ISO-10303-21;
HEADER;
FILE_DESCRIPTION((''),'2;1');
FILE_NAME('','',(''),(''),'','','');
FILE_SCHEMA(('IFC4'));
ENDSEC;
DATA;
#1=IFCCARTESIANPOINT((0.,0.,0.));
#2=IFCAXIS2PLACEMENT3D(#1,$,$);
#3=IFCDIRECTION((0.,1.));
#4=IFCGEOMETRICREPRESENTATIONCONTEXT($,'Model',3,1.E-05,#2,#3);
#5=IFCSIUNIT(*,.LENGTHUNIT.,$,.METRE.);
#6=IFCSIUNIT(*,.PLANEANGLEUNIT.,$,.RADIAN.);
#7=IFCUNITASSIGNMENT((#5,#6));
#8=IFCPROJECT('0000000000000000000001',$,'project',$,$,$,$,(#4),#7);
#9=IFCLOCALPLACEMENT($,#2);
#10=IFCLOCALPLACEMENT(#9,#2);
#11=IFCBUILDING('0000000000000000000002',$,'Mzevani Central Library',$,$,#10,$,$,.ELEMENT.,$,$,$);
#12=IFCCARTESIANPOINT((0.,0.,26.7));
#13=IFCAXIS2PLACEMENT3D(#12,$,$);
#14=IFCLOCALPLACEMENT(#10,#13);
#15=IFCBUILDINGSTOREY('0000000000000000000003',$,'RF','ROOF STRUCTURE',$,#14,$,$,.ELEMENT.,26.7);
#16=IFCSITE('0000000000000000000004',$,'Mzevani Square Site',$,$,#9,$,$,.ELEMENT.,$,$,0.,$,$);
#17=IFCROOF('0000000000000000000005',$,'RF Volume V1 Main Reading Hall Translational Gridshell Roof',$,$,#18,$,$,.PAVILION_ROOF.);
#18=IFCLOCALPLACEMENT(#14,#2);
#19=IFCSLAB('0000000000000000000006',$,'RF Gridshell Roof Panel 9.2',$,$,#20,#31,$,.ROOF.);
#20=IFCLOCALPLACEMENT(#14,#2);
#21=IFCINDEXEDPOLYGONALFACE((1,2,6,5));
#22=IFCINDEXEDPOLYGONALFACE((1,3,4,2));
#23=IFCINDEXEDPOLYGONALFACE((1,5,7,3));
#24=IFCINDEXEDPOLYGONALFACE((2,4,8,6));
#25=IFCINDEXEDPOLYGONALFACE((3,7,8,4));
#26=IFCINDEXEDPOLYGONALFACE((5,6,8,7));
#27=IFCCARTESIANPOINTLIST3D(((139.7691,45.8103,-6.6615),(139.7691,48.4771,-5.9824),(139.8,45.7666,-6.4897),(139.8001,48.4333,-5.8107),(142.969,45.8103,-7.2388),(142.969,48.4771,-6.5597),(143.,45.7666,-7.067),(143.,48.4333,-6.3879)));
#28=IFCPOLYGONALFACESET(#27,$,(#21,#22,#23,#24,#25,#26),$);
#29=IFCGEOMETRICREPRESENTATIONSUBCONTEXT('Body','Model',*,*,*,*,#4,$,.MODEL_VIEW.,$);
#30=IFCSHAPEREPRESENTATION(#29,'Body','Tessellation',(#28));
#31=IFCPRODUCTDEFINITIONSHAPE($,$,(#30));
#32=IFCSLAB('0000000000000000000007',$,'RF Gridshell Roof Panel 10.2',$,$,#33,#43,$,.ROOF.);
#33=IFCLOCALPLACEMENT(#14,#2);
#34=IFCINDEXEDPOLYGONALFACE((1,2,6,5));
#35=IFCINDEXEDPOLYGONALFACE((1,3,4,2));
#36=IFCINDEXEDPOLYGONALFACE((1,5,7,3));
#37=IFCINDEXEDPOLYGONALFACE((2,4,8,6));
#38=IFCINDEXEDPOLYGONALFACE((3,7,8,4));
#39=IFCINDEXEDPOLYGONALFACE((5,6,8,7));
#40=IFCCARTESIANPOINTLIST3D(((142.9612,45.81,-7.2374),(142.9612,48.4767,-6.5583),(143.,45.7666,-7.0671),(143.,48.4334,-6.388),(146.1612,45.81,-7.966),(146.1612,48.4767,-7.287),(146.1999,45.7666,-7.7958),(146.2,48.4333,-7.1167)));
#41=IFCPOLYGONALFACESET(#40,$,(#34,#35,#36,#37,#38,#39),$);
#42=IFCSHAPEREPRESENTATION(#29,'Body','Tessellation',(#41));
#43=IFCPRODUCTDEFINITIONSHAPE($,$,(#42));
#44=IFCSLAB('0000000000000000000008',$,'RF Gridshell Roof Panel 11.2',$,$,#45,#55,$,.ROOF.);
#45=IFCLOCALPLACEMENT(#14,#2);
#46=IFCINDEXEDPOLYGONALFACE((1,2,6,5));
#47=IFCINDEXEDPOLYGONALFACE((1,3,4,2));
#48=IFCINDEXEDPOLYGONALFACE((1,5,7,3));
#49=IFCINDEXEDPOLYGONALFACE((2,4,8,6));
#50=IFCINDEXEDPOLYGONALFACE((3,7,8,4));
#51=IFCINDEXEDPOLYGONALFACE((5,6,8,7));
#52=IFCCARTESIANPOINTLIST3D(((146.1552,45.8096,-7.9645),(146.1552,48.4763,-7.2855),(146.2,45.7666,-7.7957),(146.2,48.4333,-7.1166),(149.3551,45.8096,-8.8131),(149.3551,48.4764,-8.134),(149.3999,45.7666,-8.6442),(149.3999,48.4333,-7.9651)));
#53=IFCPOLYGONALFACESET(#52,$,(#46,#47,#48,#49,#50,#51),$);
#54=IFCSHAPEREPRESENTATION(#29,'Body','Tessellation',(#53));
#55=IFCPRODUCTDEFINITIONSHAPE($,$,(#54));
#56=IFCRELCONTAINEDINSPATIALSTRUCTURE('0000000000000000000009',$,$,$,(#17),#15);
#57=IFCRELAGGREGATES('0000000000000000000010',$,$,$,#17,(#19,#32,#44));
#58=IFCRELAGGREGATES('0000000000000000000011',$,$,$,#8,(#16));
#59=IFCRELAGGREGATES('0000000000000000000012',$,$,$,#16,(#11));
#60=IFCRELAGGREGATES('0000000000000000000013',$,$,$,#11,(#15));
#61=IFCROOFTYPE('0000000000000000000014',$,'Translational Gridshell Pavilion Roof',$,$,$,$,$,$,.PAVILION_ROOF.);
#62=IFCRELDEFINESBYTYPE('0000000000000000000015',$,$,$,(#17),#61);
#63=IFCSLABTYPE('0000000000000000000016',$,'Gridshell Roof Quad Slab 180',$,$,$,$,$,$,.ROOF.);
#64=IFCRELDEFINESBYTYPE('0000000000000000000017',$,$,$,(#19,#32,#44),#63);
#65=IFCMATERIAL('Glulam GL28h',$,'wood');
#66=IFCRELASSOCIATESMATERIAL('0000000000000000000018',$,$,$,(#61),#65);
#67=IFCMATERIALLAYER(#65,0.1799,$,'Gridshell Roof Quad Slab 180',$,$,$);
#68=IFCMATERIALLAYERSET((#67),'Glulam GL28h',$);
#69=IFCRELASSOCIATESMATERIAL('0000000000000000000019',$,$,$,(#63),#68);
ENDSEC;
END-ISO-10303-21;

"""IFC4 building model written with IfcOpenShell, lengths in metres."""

from ifc_helpers import new_model, si_unit, direction, frame, origin, place, context, subcontext, project, spatial, polyline, outline, extrude, material, layer, layer_set, type_object, element, aggregate, save


model = new_model("IFC4")

# Units and contexts
model_context = context("Model", 3, precision=1e-05, world=origin(), true_north=direction((0.0, 1.0)))
body_context = subcontext(model_context, "Body", "Model", "MODEL_VIEW")
ifc_project = project(units=[si_unit("LENGTHUNIT", "METRE"), si_unit("PLANEANGLEUNIT", "RADIAN")], contexts=[model_context])

# Site, building, storey
site_placement = place(None, origin())
site = spatial("IfcSite", under=ifc_project, at=site_placement, Name="Mzevani Square Site", CompositionType="ELEMENT", RefElevation=0.0)
building_placement = place(site_placement, origin())
building = spatial("IfcBuilding", under=site, at=building_placement, Name="Mzevani Central Library", CompositionType="ELEMENT")
storey_placement = place(building_placement, frame((0.0, 0.0, 26.7)))
storey = spatial("IfcBuildingStorey", under=building, at=storey_placement, Name="RF", Description="ROOF STRUCTURE", CompositionType="ELEMENT", Elevation=26.7)

# Shared definitions
ifc_material_1 = material(Name="Glulam GL28h", Category="wood")

# Roof, slabs
roof_type = type_object("IfcRoofType", Name="Translational Gridshell Pavilion Roof", PredefinedType="PAVILION_ROOF", material=ifc_material_1)
roof_placement = place(storey_placement, origin())
roof = element("IfcRoof", 1, at=roof_placement, inside=storey, type_object=roof_type, Name="RF Volume V1 Main Reading Hall Translational Gridshell Roof", PredefinedType="PAVILION_ROOF")
ifc_layer_1 = layer(ifc_material_1, 0.1799, Name="Gridshell Roof Quad Slab 180")
ifc_layer_set_1 = layer_set([ifc_layer_1], Name="Glulam GL28h")
slab_type = type_object("IfcSlabType", Name="Gridshell Roof Quad Slab 180", PredefinedType="ROOF", material=ifc_layer_set_1)
slab_1_placement = place(storey_placement, frame((139.8, 45.7666, -6.4897), z_axis=(0.172209, -0.243084, 0.954596), x_axis=(0.984114, -0.000009, -0.177536)))
slab_1 = element("IfcSlab", 2, at=slab_1_placement, type_object=slab_type, Name="RF Gridshell Roof Panel 9.2", PredefinedType="ROOF", context=body_context, shape_type="SweptSolid", body=[
    extrude(outline(polyline([(0.0, 0.0), (3.2516, 0.0), (3.131, 2.7492), (-0.1206, 2.7492), (0.0, 0.0)])), origin(), (0.0, 0.0, -1.0), 0.1799),
])
slab_2_placement = place(storey_placement, frame((143.0, 45.7666, -7.0671), z_axis=(0.215477, -0.240974, 0.946309), x_axis=(0.975043, 0.000008, -0.222018)))
slab_2 = element("IfcSlab", 3, at=slab_2_placement, type_object=slab_type, Name="RF Gridshell Roof Panel 10.2", PredefinedType="ROOF", context=body_context, shape_type="SweptSolid", body=[
    extrude(outline(polyline([(0.0, 0.0), (3.2818, 0.0), (3.1311, 2.7477), (-0.1508, 2.7477), (0.0, 0.0)])), origin(), (0.0, 0.0, -1.0), 0.1799),
])
slab_3_placement = place(storey_placement, frame((146.2, 45.7666, -7.7957), z_axis=(0.248878, -0.239006, 0.938582), x_axis=(0.966595, -0.000008, -0.256308)))
slab_3 = element("IfcSlab", 4, at=slab_3_placement, type_object=slab_type, Name="RF Gridshell Roof Panel 11.2", PredefinedType="ROOF", context=body_context, shape_type="SweptSolid", body=[
    extrude(outline(polyline([(0.0, 0.0), (3.3106, 0.0), (3.1365, 2.7464), (-0.174, 2.7463), (0.0, 0.0)])), origin(), (0.0, 0.0, -1.0), 0.1799),
])
aggregate(roof, [slab_1, slab_2, slab_3])

save(model, "model.ifc")
